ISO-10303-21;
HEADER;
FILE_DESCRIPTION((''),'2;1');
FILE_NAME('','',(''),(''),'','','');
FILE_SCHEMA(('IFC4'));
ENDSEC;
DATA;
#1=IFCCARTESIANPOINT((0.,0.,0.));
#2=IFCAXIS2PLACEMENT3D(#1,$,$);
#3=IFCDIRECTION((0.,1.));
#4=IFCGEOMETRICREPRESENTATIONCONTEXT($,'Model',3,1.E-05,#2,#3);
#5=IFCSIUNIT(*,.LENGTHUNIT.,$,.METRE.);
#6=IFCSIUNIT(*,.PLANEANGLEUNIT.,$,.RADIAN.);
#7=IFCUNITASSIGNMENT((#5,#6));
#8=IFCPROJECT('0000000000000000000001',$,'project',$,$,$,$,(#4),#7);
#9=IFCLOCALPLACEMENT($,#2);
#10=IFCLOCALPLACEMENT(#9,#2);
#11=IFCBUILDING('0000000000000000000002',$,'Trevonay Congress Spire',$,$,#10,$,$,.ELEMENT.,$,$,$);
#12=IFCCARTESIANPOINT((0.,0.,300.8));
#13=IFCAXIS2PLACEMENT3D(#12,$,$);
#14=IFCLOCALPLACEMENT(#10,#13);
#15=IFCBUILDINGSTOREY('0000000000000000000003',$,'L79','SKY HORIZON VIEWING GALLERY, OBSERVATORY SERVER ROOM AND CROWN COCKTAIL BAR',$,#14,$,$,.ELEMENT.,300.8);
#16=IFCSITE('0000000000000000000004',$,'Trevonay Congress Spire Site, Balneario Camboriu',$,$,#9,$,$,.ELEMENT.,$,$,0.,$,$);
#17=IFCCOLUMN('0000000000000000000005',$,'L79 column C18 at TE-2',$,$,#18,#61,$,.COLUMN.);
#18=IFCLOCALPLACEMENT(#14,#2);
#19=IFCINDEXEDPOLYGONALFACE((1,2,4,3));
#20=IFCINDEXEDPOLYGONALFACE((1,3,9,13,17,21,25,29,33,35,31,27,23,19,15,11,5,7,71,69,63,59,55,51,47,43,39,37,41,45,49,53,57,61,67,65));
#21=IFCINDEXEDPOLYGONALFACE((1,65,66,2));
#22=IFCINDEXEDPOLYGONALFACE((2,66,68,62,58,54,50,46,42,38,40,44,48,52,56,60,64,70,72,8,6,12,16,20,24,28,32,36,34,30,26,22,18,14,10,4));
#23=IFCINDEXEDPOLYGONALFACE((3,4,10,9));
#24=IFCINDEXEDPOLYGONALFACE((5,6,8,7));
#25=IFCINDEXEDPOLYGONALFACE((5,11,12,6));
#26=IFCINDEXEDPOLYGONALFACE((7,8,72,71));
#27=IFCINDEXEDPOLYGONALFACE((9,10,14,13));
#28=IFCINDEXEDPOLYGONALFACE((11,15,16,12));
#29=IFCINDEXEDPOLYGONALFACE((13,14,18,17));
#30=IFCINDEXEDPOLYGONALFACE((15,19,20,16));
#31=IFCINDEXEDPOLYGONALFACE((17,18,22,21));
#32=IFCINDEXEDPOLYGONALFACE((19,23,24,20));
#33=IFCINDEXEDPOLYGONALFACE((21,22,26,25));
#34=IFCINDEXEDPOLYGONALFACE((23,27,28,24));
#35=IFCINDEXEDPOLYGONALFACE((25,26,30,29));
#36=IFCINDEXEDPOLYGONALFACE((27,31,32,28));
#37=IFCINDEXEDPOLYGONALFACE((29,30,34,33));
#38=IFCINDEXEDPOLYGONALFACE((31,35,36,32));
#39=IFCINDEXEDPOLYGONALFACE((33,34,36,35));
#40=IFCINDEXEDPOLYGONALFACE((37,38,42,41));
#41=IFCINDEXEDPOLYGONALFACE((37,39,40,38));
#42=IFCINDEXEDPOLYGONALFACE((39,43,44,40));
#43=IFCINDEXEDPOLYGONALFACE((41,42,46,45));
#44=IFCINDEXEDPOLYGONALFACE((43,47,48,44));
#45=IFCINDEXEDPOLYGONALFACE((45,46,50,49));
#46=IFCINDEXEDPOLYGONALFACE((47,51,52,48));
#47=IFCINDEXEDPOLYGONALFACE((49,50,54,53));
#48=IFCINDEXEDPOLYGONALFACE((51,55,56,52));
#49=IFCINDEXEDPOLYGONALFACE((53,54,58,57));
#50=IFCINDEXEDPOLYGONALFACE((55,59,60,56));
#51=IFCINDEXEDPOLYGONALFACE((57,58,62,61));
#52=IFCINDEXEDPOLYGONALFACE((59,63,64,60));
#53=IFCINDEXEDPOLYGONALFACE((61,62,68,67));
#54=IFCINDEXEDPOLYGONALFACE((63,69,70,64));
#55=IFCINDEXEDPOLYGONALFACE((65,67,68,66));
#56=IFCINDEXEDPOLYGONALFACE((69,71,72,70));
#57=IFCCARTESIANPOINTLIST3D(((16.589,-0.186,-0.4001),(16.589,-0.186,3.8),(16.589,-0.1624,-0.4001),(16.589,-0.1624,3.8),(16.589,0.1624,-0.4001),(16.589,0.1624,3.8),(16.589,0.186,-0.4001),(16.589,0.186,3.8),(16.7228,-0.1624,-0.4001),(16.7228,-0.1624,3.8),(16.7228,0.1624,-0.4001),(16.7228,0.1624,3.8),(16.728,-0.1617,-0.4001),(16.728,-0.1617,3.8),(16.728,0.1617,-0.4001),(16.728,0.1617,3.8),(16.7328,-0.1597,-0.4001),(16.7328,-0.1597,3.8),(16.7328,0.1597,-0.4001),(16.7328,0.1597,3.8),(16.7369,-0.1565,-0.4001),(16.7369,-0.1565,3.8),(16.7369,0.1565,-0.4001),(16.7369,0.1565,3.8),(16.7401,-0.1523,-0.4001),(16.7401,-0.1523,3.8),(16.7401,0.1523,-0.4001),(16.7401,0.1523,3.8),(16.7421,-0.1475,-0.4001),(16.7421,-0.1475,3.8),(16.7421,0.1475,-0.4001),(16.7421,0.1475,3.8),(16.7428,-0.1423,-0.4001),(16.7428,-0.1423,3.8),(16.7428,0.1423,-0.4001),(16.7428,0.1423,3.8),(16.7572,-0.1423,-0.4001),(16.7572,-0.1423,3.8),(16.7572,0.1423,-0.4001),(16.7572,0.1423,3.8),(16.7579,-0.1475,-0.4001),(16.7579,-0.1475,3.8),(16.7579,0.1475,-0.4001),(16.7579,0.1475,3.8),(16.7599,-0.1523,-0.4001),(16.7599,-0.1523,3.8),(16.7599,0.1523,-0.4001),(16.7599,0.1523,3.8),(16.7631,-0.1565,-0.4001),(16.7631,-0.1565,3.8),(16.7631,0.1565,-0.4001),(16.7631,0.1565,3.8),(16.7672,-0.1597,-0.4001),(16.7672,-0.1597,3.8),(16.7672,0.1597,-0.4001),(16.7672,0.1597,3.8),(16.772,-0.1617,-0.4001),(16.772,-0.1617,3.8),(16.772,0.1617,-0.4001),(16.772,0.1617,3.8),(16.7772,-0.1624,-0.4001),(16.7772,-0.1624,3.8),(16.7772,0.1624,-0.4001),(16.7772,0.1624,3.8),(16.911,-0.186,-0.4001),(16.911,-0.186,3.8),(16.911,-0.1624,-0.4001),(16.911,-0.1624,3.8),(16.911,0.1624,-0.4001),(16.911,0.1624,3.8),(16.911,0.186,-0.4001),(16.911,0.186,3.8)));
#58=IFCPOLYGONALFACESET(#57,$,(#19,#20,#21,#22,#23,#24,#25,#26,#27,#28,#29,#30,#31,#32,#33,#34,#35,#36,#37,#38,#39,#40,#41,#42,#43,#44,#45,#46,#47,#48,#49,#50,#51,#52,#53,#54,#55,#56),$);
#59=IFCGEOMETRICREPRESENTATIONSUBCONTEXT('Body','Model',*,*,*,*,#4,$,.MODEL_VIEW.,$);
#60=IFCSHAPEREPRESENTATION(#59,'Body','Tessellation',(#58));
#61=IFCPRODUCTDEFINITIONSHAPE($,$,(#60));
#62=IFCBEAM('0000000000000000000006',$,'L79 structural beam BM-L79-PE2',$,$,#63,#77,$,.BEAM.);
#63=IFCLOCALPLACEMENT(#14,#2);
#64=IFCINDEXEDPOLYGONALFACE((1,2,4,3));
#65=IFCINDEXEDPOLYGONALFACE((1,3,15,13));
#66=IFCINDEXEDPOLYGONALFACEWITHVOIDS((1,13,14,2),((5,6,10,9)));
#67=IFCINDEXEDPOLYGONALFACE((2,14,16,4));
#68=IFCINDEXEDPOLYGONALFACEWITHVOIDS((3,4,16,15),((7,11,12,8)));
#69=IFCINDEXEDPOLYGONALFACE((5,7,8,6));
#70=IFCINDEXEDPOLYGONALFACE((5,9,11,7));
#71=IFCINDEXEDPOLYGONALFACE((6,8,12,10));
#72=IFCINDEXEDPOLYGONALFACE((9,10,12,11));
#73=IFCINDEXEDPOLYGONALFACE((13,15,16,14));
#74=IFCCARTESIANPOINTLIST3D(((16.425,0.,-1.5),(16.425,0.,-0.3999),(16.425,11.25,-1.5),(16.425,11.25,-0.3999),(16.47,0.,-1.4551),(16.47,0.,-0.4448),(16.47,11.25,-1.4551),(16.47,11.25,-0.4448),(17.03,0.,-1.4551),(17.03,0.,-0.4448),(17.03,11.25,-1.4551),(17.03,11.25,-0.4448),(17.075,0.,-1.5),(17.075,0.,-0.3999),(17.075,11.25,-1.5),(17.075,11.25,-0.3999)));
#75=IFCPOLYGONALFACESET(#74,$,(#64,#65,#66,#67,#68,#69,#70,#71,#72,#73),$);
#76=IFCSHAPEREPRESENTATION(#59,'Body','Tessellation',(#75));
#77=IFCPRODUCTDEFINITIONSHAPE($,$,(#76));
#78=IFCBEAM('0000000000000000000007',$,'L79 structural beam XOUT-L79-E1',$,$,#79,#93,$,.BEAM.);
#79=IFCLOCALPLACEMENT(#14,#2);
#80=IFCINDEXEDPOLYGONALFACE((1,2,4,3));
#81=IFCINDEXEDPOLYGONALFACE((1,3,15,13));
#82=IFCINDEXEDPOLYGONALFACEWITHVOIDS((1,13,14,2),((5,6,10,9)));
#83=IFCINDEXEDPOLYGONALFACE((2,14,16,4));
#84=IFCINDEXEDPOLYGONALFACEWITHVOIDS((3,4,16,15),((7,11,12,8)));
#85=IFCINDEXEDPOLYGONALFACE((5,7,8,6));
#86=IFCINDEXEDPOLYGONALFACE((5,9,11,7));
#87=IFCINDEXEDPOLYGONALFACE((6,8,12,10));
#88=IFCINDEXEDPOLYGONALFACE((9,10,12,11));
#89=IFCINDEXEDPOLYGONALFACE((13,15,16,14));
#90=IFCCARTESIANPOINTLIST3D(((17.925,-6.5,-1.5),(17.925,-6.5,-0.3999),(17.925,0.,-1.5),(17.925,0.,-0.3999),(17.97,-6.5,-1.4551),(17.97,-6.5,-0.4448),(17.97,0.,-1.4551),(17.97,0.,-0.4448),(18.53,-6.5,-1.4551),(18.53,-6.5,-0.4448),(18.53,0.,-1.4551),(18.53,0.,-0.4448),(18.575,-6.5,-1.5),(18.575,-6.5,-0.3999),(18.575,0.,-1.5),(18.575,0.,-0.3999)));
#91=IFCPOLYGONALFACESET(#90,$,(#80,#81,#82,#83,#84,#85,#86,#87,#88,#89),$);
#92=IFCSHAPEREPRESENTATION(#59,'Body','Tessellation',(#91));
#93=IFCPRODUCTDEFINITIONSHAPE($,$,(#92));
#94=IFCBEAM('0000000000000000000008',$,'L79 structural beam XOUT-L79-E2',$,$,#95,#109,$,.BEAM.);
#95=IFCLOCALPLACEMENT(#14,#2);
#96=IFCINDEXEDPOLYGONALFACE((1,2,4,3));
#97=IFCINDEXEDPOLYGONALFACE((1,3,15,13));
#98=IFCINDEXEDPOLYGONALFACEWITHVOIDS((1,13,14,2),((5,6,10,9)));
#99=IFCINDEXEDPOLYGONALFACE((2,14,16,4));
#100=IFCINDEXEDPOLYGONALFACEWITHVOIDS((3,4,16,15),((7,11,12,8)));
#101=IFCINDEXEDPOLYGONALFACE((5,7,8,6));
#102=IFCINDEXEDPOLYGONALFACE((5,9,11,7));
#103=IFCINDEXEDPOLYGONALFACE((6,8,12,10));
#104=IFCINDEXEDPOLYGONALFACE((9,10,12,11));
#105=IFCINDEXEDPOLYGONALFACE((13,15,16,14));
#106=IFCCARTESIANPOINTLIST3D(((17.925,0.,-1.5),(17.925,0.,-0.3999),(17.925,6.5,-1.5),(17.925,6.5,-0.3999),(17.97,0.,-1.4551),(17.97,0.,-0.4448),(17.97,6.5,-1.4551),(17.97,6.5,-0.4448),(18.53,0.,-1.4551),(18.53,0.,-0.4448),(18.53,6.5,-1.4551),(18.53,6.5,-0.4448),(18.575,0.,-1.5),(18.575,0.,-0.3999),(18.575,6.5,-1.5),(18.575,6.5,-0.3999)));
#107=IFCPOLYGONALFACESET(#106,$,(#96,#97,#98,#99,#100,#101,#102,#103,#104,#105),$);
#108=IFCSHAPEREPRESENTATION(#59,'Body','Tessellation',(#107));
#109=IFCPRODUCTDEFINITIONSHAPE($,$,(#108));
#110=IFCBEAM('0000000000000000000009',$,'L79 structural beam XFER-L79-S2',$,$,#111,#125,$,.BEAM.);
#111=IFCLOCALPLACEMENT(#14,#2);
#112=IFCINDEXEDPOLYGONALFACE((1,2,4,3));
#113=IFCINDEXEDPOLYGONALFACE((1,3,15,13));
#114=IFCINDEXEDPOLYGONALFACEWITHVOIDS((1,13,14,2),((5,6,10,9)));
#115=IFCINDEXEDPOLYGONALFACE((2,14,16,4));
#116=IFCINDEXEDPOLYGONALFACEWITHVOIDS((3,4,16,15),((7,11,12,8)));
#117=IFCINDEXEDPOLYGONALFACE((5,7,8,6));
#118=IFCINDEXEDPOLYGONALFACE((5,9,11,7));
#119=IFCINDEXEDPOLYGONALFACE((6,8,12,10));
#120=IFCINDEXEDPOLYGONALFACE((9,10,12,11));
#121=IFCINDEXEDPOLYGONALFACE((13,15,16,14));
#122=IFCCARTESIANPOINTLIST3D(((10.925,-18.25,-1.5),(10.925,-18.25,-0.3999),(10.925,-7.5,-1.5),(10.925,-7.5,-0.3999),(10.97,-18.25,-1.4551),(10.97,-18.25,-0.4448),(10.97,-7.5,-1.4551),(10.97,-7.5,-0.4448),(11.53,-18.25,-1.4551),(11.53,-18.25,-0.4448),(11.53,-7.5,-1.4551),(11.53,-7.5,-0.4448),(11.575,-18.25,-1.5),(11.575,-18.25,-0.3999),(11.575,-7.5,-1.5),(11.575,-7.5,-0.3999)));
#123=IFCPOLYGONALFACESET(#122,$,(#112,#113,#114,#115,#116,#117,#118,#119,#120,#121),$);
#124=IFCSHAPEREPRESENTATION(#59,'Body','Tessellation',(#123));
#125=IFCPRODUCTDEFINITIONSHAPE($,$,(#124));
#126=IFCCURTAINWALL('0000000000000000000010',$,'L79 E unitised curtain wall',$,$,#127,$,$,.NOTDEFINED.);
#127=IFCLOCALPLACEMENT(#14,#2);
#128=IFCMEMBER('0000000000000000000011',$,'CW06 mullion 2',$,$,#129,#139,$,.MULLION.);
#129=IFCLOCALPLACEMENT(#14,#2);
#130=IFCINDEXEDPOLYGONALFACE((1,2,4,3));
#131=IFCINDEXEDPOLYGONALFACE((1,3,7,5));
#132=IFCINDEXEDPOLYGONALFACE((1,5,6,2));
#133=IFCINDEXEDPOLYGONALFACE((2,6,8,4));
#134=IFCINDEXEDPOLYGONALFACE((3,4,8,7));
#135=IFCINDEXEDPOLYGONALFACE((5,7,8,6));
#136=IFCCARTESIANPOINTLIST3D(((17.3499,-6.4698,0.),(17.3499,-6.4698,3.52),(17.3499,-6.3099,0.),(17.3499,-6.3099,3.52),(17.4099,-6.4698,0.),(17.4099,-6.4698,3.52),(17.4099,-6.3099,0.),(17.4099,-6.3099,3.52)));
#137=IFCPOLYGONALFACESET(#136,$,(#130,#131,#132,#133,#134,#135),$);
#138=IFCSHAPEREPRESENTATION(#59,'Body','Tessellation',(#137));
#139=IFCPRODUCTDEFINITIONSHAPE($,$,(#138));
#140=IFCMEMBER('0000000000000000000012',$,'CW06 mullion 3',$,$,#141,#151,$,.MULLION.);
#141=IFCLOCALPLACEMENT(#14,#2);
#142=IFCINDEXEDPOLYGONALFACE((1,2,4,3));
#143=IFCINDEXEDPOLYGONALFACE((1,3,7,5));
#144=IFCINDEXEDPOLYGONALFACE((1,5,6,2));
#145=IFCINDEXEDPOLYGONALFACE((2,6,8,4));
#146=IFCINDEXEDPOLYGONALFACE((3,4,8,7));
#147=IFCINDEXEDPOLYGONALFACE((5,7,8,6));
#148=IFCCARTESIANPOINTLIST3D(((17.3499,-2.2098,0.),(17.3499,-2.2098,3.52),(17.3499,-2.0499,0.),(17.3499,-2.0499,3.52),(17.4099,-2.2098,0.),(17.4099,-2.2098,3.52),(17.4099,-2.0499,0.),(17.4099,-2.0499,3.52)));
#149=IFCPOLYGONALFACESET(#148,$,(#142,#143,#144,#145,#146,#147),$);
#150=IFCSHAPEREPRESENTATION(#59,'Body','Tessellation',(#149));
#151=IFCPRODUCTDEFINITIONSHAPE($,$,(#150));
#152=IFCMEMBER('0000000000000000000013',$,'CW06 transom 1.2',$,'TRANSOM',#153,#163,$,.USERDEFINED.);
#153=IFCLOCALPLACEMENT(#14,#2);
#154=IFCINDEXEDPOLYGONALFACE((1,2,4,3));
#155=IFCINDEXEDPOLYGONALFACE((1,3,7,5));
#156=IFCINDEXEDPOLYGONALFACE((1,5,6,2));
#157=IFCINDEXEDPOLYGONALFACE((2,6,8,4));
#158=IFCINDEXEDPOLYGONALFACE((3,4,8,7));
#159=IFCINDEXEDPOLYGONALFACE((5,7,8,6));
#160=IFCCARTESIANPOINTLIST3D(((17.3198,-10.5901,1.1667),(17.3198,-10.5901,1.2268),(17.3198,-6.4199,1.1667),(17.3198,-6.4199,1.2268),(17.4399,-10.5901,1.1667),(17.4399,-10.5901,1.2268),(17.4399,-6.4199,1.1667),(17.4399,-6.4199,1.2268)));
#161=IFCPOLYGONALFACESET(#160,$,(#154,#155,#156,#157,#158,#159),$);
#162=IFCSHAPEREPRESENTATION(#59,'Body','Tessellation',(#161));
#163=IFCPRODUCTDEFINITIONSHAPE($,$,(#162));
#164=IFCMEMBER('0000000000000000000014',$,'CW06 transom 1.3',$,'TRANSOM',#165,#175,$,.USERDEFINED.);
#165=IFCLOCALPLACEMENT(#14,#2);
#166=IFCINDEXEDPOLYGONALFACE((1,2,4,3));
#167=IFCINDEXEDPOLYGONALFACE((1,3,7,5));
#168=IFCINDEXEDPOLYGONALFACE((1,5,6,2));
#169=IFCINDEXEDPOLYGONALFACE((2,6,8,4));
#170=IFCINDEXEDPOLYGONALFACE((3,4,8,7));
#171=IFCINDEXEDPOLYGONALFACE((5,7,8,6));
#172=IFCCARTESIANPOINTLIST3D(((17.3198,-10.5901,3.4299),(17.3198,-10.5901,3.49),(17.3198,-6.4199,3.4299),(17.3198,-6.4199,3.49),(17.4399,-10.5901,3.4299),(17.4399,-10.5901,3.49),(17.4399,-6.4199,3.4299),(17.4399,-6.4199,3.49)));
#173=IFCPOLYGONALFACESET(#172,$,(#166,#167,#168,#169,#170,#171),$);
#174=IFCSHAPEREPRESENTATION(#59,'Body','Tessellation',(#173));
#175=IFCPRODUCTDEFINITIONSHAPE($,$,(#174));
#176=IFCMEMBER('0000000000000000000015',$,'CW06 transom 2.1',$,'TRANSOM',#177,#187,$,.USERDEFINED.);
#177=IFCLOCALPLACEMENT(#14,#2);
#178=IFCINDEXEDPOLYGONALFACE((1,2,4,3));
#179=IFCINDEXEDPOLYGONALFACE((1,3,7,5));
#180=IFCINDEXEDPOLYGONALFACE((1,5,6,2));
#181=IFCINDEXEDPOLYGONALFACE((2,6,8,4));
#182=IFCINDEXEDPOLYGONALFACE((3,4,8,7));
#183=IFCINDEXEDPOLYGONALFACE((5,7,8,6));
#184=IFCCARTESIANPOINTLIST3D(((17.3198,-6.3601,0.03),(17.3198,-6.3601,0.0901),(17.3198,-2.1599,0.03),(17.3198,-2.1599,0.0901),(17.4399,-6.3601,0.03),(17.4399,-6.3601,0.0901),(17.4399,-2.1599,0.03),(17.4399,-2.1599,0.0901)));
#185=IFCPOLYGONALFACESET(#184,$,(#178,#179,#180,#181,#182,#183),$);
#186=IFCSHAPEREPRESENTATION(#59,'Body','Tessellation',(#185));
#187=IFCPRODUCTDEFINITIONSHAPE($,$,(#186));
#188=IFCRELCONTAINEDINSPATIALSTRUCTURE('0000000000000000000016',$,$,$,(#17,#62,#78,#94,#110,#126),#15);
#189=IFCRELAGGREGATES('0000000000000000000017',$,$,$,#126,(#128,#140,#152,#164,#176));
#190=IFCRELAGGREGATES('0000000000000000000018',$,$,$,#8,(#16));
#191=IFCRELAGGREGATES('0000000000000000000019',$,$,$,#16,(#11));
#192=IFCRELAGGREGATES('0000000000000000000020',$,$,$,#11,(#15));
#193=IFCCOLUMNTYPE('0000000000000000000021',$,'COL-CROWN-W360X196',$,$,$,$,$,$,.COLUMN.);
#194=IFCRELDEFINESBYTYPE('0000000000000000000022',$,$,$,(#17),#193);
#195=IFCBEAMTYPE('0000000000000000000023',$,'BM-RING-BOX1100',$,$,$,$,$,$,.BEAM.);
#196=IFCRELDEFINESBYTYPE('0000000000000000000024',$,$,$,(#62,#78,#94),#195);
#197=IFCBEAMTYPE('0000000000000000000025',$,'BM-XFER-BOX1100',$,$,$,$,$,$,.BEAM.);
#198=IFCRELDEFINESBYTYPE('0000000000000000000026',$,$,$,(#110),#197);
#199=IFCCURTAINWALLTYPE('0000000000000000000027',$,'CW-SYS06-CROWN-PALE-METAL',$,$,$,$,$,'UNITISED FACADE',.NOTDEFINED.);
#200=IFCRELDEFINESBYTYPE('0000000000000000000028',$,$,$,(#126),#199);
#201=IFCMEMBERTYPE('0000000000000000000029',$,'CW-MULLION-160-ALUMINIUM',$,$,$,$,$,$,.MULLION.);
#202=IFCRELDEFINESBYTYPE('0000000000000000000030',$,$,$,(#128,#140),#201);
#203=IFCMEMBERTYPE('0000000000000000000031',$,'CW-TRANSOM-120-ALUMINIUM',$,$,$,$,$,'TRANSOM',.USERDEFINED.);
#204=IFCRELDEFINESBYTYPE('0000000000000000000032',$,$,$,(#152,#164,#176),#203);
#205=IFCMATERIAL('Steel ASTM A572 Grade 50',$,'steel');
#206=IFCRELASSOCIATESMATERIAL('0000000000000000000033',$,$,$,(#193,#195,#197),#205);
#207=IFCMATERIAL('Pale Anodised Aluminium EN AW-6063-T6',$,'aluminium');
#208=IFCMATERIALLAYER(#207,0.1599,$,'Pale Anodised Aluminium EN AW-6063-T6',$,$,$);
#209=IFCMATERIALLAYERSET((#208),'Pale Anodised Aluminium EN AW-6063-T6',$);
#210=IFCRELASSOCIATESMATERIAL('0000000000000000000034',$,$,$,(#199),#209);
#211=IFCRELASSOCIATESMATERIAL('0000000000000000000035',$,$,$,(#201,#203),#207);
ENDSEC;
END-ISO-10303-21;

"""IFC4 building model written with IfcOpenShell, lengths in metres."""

from ifc_helpers import new_model, si_unit, direction, frame, origin, origin_2d, place, context, subcontext, project, spatial, rectangle, hollow_rectangle, i_section, extrude, material, layer, layer_set, material_profile, profile_set, type_object, element, aggregate, save


model = new_model("IFC4")

# Units and contexts
model_context = context("Model", 3, precision=1e-05, world=origin(), true_north=direction((0.0, 1.0)))
body_context = subcontext(model_context, "Body", "Model", "MODEL_VIEW")
ifc_project = project(units=[si_unit("LENGTHUNIT", "METRE"), si_unit("PLANEANGLEUNIT", "RADIAN")], contexts=[model_context])

# Site, building, storey
site_placement = place(None, origin())
site = spatial("IfcSite", under=ifc_project, at=site_placement, Name="Trevonay Congress Spire Site, Balneario Camboriu", CompositionType="ELEMENT", RefElevation=0.0)
building_placement = place(site_placement, origin())
building = spatial("IfcBuilding", under=site, at=building_placement, Name="Trevonay Congress Spire", CompositionType="ELEMENT")
storey_placement = place(building_placement, frame((0.0, 0.0, 300.8)))
storey = spatial("IfcBuildingStorey", under=building, at=storey_placement, Name="L79", Description="SKY HORIZON VIEWING GALLERY, OBSERVATORY SERVER ROOM AND CROWN COCKTAIL BAR", CompositionType="ELEMENT", Elevation=300.8)

# Column
ifc_material_1 = material(Name="Steel ASTM A572 Grade 50", Category="steel")
ifc_material_profile_1 = material_profile(ifc_material_1, i_section(OverallWidth=0.322, OverallDepth=0.3721, WebThickness=0.0144, FlangeThickness=0.0237, FilletRadius=0.02, at=origin_2d()), Name="W360x196")
ifc_profile_set_1 = profile_set([ifc_material_profile_1], Name="Steel ASTM A572 Grade 50")
column_type = type_object("IfcColumnType", Name="COL-CROWN-W360X196", PredefinedType="COLUMN", material=ifc_profile_set_1)
column_placement = place(storey_placement, frame((16.75, 0.0, -0.4001), z_axis=(0.0, 0.0, 1.0), x_axis=(1.0, 0.0, 0.0)))
element("IfcColumn", 1, at=column_placement, inside=storey, type_object=column_type, Name="L79 column C18 at TE-2", PredefinedType="COLUMN", context=body_context, shape_type="SweptSolid", body=[
    extrude(i_section(OverallWidth=0.322, OverallDepth=0.3721, WebThickness=0.0144, FlangeThickness=0.0237, FilletRadius=0.02, at=origin_2d()), origin(), (0.0, 0.0, 1.0), 4.2002),
])

# Beams
ifc_material_profile_2 = material_profile(ifc_material_1, hollow_rectangle(XDim=0.6499, YDim=1.1001, WallThickness=0.0449, at=origin_2d()), Name="BOX 1100x650x45")
ifc_profile_set_2 = profile_set([ifc_material_profile_2], Name="Steel ASTM A572 Grade 50")
beam_type_1 = type_object("IfcBeamType", Name="BM-RING-BOX1100", PredefinedType="BEAM", material=ifc_profile_set_2)
beam_1_placement = place(storey_placement, frame((16.75, 0.0, -0.95), z_axis=(0.0, 1.0, 0.0), x_axis=(-1.0, 0.0, 0.0)))
element("IfcBeam", 2, at=beam_1_placement, inside=storey, type_object=beam_type_1, Name="L79 structural beam BM-L79-PE2", PredefinedType="BEAM", context=body_context, shape_type="SweptSolid", body=[
    extrude(hollow_rectangle(XDim=0.6499, YDim=1.1001, WallThickness=0.0449, at=origin_2d()), origin(), (0.0, 0.0, 1.0), 11.25),
])
for number, where, z_axis, x_axis, name in (
    (3, (18.25, -6.5, -0.95), (0.0, 1.0, 0.0), (-1.0, 0.0, 0.0), "L79 structural beam XOUT-L79-E1"),
    (4, (18.25, 0.0, -0.95), (0.0, 1.0, 0.0), (-1.0, 0.0, 0.0), "L79 structural beam XOUT-L79-E2"),
):
    element("IfcBeam", number, at=place(storey_placement, frame(where, z_axis=z_axis, x_axis=x_axis)), inside=storey, type_object=beam_type_1, Name=name, PredefinedType="BEAM", context=body_context, shape_type="SweptSolid", body=[
        extrude(hollow_rectangle(XDim=0.6499, YDim=1.1001, WallThickness=0.0449, at=origin_2d()), origin(), (0.0, 0.0, 1.0), 6.5),
    ])
ifc_material_profile_3 = material_profile(ifc_material_1, hollow_rectangle(XDim=0.6499, YDim=1.1001, WallThickness=0.0449, at=origin_2d()), Name="BOX 1100x650x45")
ifc_profile_set_3 = profile_set([ifc_material_profile_3], Name="Steel ASTM A572 Grade 50")
beam_type_2 = type_object("IfcBeamType", Name="BM-XFER-BOX1100", PredefinedType="BEAM", material=ifc_profile_set_3)
beam_2_placement = place(storey_placement, frame((11.25, -7.5, -0.95), z_axis=(0.0, -1.0, 0.0), x_axis=(1.0, 0.0, 0.0)))
element("IfcBeam", 5, at=beam_2_placement, inside=storey, type_object=beam_type_2, Name="L79 structural beam XFER-L79-S2", PredefinedType="BEAM", context=body_context, shape_type="SweptSolid", body=[
    extrude(hollow_rectangle(XDim=0.6499, YDim=1.1001, WallThickness=0.0449, at=origin_2d()), origin(), (0.0, 0.0, 1.0), 10.75),
])

# Curtain wall, members
ifc_material_2 = material(Name="Pale Anodised Aluminium EN AW-6063-T6", Category="aluminium")
ifc_layer_1 = layer(ifc_material_2, 0.1599, Name="Pale Anodised Aluminium EN AW-6063-T6")
ifc_layer_set_1 = layer_set([ifc_layer_1], Name="Pale Anodised Aluminium EN AW-6063-T6")
curtain_wall_type = type_object("IfcCurtainWallType", Name="CW-SYS06-CROWN-PALE-METAL", ElementType="UNITISED FACADE", PredefinedType="NOTDEFINED", material=ifc_layer_set_1)
curtain_wall_placement = place(storey_placement, origin())
curtain_wall = element("IfcCurtainWall", 6, at=curtain_wall_placement, inside=storey, type_object=curtain_wall_type, Name="L79 E unitised curtain wall", PredefinedType="NOTDEFINED")
ifc_material_profile_4 = material_profile(ifc_material_2, rectangle(XDim=0.0601, YDim=0.1599, at=origin_2d()), Name="CW-MULLION-160-ALUMINIUM")
ifc_profile_set_4 = profile_set([ifc_material_profile_4], Name="Pale Anodised Aluminium EN AW-6063-T6")
member_type_1 = type_object("IfcMemberType", Name="CW-MULLION-160-ALUMINIUM", PredefinedType="MULLION", material=ifc_profile_set_4)
member_1_placement = place(storey_placement, frame((17.3799, -6.3899, 0.0), z_axis=(0.0, 0.0, 1.0), x_axis=(-1.0, 0.0, 0.0)))
member_1 = element("IfcMember", 7, at=member_1_placement, type_object=member_type_1, Name="CW06 mullion 2", PredefinedType="MULLION", context=body_context, shape_type="SweptSolid", body=[
    extrude(rectangle(XDim=0.0601, YDim=0.1599, at=origin_2d()), origin(), (0.0, 0.0, 1.0), 3.52),
])
member_2_placement = place(storey_placement, frame((17.3799, -2.1299, 0.0), z_axis=(0.0, 0.0, 1.0), x_axis=(-1.0, 0.0, 0.0)))
member_2 = element("IfcMember", 8, at=member_2_placement, type_object=member_type_1, Name="CW06 mullion 3", PredefinedType="MULLION", context=body_context, shape_type="SweptSolid", body=[
    extrude(rectangle(XDim=0.0601, YDim=0.1599, at=origin_2d()), origin(), (0.0, 0.0, 1.0), 3.52),
])
ifc_material_profile_5 = material_profile(ifc_material_2, rectangle(XDim=0.1201, YDim=0.0601, at=origin_2d()), Name="CW-TRANSOM-120-ALUMINIUM")
ifc_profile_set_5 = profile_set([ifc_material_profile_5], Name="Pale Anodised Aluminium EN AW-6063-T6")
member_type_2 = type_object("IfcMemberType", Name="CW-TRANSOM-120-ALUMINIUM", ElementType="TRANSOM", PredefinedType="USERDEFINED", material=ifc_profile_set_5)
member_3_placement = place(storey_placement, frame((17.3799, -10.5901, 1.1968), z_axis=(0.0, 1.0, 0.0), x_axis=(-1.0, 0.0, 0.0)))
member_3 = element("IfcMember", 9, at=member_3_placement, type_object=member_type_2, Name="CW06 transom 1.2", ObjectType="TRANSOM", PredefinedType="USERDEFINED", context=body_context, shape_type="SweptSolid", body=[
    extrude(rectangle(XDim=0.1201, YDim=0.0601, at=origin_2d()), origin(), (0.0, 0.0, 1.0), 4.1702),
])
member_4_placement = place(storey_placement, frame((17.3799, -10.5901, 3.46), z_axis=(0.0, 1.0, 0.0), x_axis=(-1.0, 0.0, 0.0)))
member_4 = element("IfcMember", 10, at=member_4_placement, type_object=member_type_2, Name="CW06 transom 1.3", ObjectType="TRANSOM", PredefinedType="USERDEFINED", context=body_context, shape_type="SweptSolid", body=[
    extrude(rectangle(XDim=0.1201, YDim=0.0601, at=origin_2d()), origin(), (0.0, 0.0, 1.0), 4.1702),
])
member_5_placement = place(storey_placement, frame((17.3799, -6.3601, 0.0601), z_axis=(0.0, 1.0, 0.0), x_axis=(-1.0, 0.0, 0.0)))
member_5 = element("IfcMember", 11, at=member_5_placement, type_object=member_type_2, Name="CW06 transom 2.1", ObjectType="TRANSOM", PredefinedType="USERDEFINED", context=body_context, shape_type="SweptSolid", body=[
    extrude(rectangle(XDim=0.1201, YDim=0.0601, at=origin_2d()), origin(), (0.0, 0.0, 1.0), 4.2002),
])
aggregate(curtain_wall, [member_1, member_2, member_3, member_4, member_5])

save(model, "model.ifc")
